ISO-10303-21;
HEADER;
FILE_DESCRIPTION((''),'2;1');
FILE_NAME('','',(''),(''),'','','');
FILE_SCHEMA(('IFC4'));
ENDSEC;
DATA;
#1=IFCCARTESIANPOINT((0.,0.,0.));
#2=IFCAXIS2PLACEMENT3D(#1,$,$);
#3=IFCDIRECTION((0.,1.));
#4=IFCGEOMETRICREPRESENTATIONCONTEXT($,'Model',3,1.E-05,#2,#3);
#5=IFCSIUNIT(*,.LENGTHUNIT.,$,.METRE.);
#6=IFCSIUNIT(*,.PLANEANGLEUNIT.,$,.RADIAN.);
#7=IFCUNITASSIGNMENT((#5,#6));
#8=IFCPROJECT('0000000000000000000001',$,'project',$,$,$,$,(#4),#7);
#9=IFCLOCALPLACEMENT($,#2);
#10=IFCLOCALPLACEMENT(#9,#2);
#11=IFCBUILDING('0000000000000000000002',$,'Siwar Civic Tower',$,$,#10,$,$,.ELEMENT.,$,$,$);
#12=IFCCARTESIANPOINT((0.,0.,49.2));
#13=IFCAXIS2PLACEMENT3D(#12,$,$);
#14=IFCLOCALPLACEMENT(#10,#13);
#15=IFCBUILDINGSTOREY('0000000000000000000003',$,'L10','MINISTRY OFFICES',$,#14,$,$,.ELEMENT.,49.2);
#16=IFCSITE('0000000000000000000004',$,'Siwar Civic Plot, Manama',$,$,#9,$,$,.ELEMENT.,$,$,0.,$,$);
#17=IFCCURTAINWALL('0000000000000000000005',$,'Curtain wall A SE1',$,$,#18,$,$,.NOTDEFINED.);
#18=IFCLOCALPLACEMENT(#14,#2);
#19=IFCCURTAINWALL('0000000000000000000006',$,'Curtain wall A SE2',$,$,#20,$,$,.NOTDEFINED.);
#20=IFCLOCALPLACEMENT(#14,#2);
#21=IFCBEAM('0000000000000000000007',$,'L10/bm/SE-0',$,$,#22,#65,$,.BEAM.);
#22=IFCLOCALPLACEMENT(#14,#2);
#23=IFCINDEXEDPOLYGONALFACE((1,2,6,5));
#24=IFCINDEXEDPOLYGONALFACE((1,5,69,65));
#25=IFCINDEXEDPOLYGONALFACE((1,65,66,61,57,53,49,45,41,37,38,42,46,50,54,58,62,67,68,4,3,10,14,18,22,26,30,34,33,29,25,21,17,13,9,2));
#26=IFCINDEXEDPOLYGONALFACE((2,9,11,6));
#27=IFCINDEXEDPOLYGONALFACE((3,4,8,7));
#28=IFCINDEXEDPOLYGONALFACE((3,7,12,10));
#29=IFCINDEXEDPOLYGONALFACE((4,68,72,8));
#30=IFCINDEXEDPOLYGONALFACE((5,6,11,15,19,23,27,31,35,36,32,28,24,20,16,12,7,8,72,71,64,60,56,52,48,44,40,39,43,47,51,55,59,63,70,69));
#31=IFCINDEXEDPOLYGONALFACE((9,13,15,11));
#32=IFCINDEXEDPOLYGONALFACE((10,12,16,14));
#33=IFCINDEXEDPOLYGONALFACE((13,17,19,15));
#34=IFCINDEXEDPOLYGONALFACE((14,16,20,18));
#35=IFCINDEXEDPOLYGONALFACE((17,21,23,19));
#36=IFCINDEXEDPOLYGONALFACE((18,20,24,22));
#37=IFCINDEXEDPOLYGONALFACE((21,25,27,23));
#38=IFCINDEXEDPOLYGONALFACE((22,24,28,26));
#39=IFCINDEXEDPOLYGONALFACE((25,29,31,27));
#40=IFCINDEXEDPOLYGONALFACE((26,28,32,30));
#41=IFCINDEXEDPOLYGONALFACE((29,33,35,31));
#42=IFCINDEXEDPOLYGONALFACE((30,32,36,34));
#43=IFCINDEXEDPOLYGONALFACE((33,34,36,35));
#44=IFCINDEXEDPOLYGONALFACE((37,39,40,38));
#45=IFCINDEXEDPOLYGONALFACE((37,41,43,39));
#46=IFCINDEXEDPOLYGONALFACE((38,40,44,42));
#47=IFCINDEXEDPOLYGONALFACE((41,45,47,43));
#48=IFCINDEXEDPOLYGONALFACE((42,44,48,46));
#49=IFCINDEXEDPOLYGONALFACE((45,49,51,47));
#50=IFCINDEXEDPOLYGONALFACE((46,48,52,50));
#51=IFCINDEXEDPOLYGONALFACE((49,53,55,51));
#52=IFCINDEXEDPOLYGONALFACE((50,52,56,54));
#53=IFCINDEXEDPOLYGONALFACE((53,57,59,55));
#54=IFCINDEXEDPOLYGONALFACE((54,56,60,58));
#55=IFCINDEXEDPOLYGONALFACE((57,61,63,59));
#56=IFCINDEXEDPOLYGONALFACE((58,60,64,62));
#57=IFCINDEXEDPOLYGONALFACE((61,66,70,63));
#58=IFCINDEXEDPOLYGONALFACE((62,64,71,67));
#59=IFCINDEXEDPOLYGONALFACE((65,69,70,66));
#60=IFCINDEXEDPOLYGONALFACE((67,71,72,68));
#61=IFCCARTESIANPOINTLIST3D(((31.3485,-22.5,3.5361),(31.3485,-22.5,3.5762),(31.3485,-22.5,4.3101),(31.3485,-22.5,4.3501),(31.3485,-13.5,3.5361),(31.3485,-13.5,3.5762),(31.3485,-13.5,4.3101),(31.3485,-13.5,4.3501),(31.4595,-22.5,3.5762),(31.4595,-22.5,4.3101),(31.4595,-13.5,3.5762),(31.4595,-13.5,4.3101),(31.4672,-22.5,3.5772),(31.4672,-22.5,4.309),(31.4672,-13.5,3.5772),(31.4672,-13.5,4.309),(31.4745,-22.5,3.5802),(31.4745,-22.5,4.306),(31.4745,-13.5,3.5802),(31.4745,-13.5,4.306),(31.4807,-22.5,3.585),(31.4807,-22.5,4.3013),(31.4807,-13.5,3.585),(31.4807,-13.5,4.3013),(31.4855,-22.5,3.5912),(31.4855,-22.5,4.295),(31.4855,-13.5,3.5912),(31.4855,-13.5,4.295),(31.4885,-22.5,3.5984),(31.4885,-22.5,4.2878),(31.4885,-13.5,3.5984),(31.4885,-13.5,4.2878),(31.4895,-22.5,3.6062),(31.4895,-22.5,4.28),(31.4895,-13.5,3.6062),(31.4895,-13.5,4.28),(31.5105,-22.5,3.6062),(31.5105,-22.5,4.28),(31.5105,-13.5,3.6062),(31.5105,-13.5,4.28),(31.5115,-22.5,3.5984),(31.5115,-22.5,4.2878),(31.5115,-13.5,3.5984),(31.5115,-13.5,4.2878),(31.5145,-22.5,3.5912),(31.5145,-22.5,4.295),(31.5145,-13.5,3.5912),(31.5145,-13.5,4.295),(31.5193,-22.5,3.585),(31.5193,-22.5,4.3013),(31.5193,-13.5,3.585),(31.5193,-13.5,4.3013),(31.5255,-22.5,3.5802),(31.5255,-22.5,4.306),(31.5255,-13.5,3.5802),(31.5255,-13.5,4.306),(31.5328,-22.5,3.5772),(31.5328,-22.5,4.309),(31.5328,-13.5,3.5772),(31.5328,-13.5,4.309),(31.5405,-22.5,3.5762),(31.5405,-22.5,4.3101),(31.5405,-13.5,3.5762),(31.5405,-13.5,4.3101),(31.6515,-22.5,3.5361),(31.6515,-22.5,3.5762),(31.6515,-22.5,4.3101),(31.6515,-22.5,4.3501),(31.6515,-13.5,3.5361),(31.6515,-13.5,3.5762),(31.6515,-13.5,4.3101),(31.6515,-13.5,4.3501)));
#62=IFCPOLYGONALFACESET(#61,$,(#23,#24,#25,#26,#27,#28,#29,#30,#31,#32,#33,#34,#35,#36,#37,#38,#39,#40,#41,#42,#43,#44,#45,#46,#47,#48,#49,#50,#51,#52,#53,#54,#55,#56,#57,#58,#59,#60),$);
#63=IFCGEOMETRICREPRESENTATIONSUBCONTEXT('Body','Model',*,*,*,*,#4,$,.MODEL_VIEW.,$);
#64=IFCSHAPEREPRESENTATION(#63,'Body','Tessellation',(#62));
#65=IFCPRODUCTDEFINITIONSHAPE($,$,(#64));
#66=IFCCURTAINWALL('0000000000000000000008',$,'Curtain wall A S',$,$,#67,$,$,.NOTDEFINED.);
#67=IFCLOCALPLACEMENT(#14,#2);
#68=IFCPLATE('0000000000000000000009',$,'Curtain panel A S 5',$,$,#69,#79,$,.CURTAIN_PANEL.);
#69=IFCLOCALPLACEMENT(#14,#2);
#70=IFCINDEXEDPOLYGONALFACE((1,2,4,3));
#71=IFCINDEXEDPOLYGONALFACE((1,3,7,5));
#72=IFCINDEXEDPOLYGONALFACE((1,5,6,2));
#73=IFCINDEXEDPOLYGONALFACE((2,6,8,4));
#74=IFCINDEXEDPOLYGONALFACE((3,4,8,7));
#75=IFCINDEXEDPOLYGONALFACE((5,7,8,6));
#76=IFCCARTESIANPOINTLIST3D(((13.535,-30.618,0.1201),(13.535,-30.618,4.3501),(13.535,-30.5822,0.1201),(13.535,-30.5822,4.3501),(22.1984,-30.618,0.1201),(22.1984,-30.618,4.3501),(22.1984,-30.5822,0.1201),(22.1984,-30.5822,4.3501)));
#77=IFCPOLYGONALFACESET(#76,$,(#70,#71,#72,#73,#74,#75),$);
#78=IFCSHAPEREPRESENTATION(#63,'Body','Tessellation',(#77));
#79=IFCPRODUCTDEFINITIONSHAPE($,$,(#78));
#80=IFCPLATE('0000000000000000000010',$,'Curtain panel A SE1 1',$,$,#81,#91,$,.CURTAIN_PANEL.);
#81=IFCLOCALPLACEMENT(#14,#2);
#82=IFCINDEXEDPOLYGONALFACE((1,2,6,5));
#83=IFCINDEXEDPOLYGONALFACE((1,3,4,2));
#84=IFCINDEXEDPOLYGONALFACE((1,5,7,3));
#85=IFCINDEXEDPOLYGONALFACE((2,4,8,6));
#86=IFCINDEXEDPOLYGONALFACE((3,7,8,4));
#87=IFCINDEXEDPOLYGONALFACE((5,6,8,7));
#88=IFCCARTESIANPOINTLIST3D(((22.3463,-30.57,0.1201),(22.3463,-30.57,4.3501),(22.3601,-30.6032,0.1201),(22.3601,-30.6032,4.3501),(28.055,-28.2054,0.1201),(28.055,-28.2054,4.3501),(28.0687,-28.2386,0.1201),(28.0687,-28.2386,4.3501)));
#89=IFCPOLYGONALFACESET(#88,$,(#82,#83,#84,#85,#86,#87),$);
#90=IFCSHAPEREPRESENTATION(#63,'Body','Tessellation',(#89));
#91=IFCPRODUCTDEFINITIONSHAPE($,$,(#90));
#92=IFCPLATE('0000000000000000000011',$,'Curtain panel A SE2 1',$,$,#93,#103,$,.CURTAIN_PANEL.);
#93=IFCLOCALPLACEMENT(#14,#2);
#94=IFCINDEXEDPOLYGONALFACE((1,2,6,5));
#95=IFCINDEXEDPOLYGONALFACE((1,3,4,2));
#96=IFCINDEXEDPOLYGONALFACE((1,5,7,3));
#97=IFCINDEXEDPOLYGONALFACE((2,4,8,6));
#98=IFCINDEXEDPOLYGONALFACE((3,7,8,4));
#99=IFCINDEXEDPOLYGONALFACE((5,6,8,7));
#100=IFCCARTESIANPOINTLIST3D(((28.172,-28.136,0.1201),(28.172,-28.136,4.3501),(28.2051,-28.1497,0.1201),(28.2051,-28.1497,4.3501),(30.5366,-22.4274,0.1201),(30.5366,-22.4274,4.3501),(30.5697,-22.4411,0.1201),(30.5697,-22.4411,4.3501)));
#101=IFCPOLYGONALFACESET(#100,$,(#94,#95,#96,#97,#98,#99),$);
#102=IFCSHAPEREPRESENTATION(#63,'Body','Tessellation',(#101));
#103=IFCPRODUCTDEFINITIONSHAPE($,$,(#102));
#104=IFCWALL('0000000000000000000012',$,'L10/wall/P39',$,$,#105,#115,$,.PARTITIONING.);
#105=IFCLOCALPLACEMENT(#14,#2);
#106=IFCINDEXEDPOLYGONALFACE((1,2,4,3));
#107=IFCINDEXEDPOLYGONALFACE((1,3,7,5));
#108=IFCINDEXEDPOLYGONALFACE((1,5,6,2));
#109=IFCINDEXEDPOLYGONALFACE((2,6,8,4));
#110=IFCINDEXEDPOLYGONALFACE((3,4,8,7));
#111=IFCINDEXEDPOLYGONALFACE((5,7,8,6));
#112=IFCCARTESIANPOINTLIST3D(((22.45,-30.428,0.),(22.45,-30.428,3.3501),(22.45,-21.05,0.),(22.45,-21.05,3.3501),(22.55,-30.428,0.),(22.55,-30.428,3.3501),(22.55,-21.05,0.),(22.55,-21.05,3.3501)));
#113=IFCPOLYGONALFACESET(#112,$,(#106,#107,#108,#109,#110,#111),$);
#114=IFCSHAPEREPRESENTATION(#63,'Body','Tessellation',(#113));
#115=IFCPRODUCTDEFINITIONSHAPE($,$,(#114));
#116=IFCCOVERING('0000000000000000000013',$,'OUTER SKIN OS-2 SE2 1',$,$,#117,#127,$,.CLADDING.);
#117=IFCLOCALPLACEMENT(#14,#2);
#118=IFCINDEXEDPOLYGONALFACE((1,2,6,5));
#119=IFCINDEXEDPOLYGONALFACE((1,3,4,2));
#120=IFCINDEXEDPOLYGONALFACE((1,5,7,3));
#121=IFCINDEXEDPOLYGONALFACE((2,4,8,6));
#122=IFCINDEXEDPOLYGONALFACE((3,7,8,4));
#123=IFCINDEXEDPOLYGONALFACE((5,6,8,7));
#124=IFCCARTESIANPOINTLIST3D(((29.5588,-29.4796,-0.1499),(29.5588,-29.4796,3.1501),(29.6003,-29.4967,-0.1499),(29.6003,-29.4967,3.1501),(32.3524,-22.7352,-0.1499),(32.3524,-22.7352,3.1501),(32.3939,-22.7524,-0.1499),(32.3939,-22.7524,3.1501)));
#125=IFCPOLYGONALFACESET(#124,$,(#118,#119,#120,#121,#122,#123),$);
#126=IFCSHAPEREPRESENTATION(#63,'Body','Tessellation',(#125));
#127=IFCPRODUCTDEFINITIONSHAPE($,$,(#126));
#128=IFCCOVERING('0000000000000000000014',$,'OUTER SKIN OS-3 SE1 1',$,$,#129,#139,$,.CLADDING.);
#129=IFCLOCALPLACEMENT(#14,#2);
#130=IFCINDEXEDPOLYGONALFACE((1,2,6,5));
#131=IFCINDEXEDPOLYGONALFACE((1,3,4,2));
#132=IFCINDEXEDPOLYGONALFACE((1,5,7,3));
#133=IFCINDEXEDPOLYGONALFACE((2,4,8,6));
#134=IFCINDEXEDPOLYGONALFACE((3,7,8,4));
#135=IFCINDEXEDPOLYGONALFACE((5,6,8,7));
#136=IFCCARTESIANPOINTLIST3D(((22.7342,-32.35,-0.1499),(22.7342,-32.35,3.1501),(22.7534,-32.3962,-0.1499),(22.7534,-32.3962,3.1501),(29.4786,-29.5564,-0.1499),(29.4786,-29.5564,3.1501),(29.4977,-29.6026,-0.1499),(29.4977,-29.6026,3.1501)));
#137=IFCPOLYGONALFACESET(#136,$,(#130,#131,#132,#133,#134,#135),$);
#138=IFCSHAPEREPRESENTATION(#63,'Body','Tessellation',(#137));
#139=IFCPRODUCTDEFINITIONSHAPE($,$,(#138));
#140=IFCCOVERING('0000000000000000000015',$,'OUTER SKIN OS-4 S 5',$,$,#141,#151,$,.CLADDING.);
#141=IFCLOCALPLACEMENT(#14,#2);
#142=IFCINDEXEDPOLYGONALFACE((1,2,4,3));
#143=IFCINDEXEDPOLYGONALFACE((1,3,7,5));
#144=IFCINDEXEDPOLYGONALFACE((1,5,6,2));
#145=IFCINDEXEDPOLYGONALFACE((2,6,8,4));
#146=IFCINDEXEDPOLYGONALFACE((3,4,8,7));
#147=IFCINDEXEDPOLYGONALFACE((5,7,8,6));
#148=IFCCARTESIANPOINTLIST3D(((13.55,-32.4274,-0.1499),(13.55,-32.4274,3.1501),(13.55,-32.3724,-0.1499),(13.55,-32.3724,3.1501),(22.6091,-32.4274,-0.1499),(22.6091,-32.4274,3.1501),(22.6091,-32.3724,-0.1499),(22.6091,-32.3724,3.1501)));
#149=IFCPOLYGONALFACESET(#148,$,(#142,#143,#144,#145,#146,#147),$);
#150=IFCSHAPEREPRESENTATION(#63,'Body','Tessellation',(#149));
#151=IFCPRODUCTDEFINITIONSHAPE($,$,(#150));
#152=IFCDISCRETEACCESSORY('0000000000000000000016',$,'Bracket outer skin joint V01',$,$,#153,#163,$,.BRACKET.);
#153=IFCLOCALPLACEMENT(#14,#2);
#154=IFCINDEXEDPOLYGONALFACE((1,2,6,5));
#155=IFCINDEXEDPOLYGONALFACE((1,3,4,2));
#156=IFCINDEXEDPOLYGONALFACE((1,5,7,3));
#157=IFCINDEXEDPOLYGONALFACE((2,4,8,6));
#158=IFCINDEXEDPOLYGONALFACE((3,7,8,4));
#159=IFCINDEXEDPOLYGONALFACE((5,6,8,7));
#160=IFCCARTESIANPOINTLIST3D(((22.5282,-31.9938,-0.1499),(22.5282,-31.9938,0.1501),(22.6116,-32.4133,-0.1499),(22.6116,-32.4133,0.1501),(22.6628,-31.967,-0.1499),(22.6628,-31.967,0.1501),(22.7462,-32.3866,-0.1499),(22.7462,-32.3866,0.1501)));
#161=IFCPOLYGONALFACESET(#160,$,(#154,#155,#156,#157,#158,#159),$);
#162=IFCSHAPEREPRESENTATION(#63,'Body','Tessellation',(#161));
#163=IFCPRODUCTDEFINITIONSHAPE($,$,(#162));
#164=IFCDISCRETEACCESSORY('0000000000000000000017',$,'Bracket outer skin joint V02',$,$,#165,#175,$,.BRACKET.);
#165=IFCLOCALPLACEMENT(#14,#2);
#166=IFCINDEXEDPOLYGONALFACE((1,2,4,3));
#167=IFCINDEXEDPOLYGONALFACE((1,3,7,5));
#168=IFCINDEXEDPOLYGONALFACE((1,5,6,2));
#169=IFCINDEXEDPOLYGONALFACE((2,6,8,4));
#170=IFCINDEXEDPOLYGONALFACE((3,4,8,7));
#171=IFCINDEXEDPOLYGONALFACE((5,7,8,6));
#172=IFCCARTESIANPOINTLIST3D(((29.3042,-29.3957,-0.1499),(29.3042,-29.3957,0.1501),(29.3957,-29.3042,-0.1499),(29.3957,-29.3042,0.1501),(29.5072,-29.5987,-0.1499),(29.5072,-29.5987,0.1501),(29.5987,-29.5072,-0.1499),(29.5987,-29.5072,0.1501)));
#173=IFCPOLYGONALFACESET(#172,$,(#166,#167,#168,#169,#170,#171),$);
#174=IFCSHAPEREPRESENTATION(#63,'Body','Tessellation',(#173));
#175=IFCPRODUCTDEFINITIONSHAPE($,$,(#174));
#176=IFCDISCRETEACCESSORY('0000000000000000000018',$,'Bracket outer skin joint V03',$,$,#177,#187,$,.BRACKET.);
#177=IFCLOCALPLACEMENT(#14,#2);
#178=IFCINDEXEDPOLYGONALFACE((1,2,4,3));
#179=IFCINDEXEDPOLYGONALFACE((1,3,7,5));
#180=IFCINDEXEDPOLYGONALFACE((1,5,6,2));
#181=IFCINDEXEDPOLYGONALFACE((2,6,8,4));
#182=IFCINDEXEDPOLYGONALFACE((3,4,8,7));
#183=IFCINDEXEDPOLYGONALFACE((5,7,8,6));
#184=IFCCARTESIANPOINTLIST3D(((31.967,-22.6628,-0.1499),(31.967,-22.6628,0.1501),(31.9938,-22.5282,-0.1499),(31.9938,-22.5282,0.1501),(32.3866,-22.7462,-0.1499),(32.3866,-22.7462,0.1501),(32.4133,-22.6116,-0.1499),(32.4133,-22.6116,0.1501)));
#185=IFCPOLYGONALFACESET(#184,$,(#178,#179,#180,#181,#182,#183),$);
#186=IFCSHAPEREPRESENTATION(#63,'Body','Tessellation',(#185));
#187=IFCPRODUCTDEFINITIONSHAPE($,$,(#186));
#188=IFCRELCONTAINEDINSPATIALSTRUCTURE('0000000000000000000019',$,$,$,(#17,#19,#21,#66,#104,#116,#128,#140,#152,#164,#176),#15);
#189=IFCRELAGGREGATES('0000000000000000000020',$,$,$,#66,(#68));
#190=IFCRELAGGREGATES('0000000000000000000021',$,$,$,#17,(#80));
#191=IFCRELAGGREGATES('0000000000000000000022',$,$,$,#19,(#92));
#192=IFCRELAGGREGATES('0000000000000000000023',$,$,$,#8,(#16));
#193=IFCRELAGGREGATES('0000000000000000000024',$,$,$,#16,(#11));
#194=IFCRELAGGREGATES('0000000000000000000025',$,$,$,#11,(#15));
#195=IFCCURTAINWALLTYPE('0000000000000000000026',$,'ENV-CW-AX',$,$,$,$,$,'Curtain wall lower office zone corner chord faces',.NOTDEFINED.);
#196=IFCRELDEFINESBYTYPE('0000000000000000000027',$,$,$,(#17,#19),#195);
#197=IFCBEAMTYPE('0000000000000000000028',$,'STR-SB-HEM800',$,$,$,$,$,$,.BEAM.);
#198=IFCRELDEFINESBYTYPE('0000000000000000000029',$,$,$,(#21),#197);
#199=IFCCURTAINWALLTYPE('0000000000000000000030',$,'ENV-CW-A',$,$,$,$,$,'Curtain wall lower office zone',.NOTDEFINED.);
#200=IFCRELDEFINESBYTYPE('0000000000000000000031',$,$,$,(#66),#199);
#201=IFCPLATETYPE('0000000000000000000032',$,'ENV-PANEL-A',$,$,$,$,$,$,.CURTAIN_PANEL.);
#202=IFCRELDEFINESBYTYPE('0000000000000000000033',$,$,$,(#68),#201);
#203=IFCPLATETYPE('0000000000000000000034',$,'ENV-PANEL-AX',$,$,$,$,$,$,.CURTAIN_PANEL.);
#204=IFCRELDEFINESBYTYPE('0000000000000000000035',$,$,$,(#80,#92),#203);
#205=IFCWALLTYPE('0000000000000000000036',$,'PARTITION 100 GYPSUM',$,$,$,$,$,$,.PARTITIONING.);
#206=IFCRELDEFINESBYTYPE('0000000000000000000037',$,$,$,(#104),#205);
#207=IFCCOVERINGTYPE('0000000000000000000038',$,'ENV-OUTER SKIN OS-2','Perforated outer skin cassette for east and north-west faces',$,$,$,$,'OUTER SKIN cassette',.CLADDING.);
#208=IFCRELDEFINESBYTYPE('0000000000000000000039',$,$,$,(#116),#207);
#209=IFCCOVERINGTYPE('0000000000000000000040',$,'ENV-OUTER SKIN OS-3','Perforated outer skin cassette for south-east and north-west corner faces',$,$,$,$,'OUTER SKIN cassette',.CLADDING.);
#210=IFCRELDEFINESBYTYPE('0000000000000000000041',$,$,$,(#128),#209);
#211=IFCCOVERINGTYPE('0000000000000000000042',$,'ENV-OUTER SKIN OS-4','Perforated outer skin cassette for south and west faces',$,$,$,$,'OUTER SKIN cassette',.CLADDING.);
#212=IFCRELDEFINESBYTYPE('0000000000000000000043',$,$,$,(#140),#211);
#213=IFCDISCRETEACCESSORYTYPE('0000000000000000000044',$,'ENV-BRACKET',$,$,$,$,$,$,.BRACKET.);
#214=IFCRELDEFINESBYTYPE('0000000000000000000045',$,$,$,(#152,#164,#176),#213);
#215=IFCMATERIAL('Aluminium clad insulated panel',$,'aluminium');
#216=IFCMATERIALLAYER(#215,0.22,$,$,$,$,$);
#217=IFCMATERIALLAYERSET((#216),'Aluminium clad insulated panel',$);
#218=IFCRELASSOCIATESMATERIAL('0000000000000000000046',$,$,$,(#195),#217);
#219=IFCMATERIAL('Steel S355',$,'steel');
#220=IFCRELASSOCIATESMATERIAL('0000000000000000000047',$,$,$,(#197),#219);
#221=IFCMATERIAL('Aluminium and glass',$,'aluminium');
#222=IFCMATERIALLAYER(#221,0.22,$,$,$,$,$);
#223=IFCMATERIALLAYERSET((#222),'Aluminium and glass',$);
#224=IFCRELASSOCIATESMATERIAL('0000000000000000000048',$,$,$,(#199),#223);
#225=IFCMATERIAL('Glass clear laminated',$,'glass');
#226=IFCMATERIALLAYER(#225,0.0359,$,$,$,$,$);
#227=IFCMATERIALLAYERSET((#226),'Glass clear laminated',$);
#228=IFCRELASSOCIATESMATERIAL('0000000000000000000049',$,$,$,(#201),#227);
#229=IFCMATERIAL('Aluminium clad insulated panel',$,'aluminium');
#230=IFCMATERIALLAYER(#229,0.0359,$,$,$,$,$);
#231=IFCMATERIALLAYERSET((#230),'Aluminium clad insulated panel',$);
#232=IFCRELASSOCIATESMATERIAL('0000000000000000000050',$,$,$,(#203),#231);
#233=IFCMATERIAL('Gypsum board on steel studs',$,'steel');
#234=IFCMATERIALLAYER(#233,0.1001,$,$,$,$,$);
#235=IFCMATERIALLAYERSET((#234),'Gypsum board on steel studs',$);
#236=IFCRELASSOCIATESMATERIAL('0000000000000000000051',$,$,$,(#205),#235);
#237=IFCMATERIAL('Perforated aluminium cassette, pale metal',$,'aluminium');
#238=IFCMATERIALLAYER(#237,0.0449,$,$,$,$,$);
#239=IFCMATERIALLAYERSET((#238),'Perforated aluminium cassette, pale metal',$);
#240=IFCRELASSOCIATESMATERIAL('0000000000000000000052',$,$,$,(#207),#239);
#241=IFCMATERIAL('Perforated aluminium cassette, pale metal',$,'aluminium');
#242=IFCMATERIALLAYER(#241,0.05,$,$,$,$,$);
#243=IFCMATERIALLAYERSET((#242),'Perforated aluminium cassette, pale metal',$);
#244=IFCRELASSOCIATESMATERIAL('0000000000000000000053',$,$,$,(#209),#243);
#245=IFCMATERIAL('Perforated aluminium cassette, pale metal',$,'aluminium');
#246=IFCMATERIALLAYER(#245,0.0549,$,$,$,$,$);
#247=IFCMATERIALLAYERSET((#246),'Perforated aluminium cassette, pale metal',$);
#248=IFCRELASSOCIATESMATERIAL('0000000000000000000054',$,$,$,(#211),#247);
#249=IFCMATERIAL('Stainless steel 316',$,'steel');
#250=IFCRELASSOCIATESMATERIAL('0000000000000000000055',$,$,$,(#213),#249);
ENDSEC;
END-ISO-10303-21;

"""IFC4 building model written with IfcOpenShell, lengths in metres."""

from ifc_helpers import new_model, si_unit, direction, frame, frame_2d, origin, origin_2d, place, context, subcontext, project, spatial, rectangle, i_section, extrude, material, layer, layer_set, material_profile, profile_set, type_object, element, aggregate, save


model = new_model("IFC4")

# Units and contexts
model_context = context("Model", 3, precision=1e-05, world=origin(), true_north=direction((0.0, 1.0)))
body_context = subcontext(model_context, "Body", "Model", "MODEL_VIEW")
ifc_project = project(units=[si_unit("LENGTHUNIT", "METRE"), si_unit("PLANEANGLEUNIT", "RADIAN")], contexts=[model_context])

# Site, building, storey
site_placement = place(None, origin())
site = spatial("IfcSite", under=ifc_project, at=site_placement, Name="Siwar Civic Plot, Manama", CompositionType="ELEMENT", RefElevation=0.0)
building_placement = place(site_placement, origin())
building = spatial("IfcBuilding", under=site, at=building_placement, Name="Siwar Civic Tower", CompositionType="ELEMENT")
storey_placement = place(building_placement, frame((0.0, 0.0, 49.2)))
storey = spatial("IfcBuildingStorey", under=building, at=storey_placement, Name="L10", Description="MINISTRY OFFICES", CompositionType="ELEMENT", Elevation=49.2)

# Curtain walls
ifc_material_1 = material(Name="Aluminium clad insulated panel", Category="aluminium")
ifc_layer_1 = layer(ifc_material_1, 0.22)
ifc_layer_set_1 = layer_set([ifc_layer_1], Name="Aluminium clad insulated panel")
curtain_wall_type_1 = type_object("IfcCurtainWallType", Name="ENV-CW-AX", ElementType="Curtain wall lower office zone corner chord faces", PredefinedType="NOTDEFINED", material=ifc_layer_set_1)
curtain_wall_1_placement = place(storey_placement, origin())
curtain_wall_1 = element("IfcCurtainWall", 1, at=curtain_wall_1_placement, inside=storey, type_object=curtain_wall_type_1, Name="Curtain wall A SE1", PredefinedType="NOTDEFINED")
curtain_wall_2_placement = place(storey_placement, origin())
curtain_wall_2 = element("IfcCurtainWall", 2, at=curtain_wall_2_placement, inside=storey, type_object=curtain_wall_type_1, Name="Curtain wall A SE2", PredefinedType="NOTDEFINED")

# Beam
ifc_material_2 = material(Name="Steel S355", Category="steel")
ifc_material_profile_1 = material_profile(ifc_material_2, i_section(OverallWidth=0.303, OverallDepth=0.814, WebThickness=0.021, FlangeThickness=0.04, FilletRadius=0.03, at=origin_2d()), Name="HEM800")
ifc_profile_set_1 = profile_set([ifc_material_profile_1], Name="Steel S355")
beam_type_1 = type_object("IfcBeamType", Name="STR-SB-HEM800", PredefinedType="BEAM", material=ifc_profile_set_1)
beam_1_placement = place(storey_placement, frame((31.5, -22.5, 3.9431), z_axis=(0.0, 1.0, 0.0), x_axis=(-1.0, 0.0, 0.0)))
element("IfcBeam", 3, at=beam_1_placement, inside=storey, type_object=beam_type_1, Name="L10/bm/SE-0", PredefinedType="BEAM", context=body_context, shape_type="SweptSolid", body=[
    extrude(i_section(OverallWidth=0.303, OverallDepth=0.814, WebThickness=0.021, FlangeThickness=0.04, FilletRadius=0.03, at=origin_2d()), origin(), (0.0, 0.0, 1.0), 9.0),
])

# Curtain wall, plate
ifc_material_3 = material(Name="Aluminium and glass", Category="aluminium")
ifc_layer_2 = layer(ifc_material_3, 0.22)
ifc_layer_set_2 = layer_set([ifc_layer_2], Name="Aluminium and glass")
curtain_wall_type_2 = type_object("IfcCurtainWallType", Name="ENV-CW-A", ElementType="Curtain wall lower office zone", PredefinedType="NOTDEFINED", material=ifc_layer_set_2)
curtain_wall_3_placement = place(storey_placement, origin())
curtain_wall_3 = element("IfcCurtainWall", 4, at=curtain_wall_3_placement, inside=storey, type_object=curtain_wall_type_2, Name="Curtain wall A S", PredefinedType="NOTDEFINED")
ifc_material_4 = material(Name="Glass clear laminated", Category="glass")
ifc_layer_3 = layer(ifc_material_4, 0.0359)
ifc_layer_set_3 = layer_set([ifc_layer_3], Name="Glass clear laminated")
plate_type_1 = type_object("IfcPlateType", Name="ENV-PANEL-A", PredefinedType="CURTAIN_PANEL", material=ifc_layer_set_3)
plate_1_placement = place(storey_placement, frame((17.8667, -30.6001, 0.1201), z_axis=(0.0, 0.0, 1.0), x_axis=(1.0, 0.0, 0.0)))
plate_1 = element("IfcPlate", 5, at=plate_1_placement, type_object=plate_type_1, Name="Curtain panel A S 5", PredefinedType="CURTAIN_PANEL", context=body_context, shape_type="SweptSolid", body=[
    extrude(rectangle(XDim=8.6633, YDim=0.0359, at=origin_2d()), origin(), (0.0, 0.0, 1.0), 4.23),
])
aggregate(curtain_wall_3, [plate_1])

# Plates
ifc_material_5 = material(Name="Aluminium clad insulated panel", Category="aluminium")
ifc_layer_4 = layer(ifc_material_5, 0.0359)
ifc_layer_set_4 = layer_set([ifc_layer_4], Name="Aluminium clad insulated panel")
plate_type_2 = type_object("IfcPlateType", Name="ENV-PANEL-AX", PredefinedType="CURTAIN_PANEL", material=ifc_layer_set_4)
plate_2_placement = place(storey_placement, frame((25.2075, -29.4043, 0.1201), z_axis=(0.0, 0.0, 1.0), x_axis=(0.92388, 0.382683, 0.0)))
plate_2 = element("IfcPlate", 6, at=plate_2_placement, type_object=plate_type_2, Name="Curtain panel A SE1 1", PredefinedType="CURTAIN_PANEL", context=body_context, shape_type="SweptSolid", body=[
    extrude(rectangle(XDim=6.179, YDim=0.0359, at=origin_2d()), origin(), (0.0, 0.0, 1.0), 4.23),
])
aggregate(curtain_wall_1, [plate_2])
plate_3_placement = place(storey_placement, frame((29.3708, -25.2886, 0.1201), z_axis=(0.0, 0.0, 1.0), x_axis=(0.382683, 0.92388, 0.0)))
plate_3 = element("IfcPlate", 7, at=plate_3_placement, type_object=plate_type_2, Name="Curtain panel A SE2 1", PredefinedType="CURTAIN_PANEL", context=body_context, shape_type="SweptSolid", body=[
    extrude(rectangle(XDim=6.179, YDim=0.0359, at=origin_2d()), origin(), (0.0, 0.0, 1.0), 4.23),
])
aggregate(curtain_wall_2, [plate_3])

# Wall
ifc_material_6 = material(Name="Gypsum board on steel studs", Category="steel")
ifc_layer_5 = layer(ifc_material_6, 0.1001)
ifc_layer_set_5 = layer_set([ifc_layer_5], Name="Gypsum board on steel studs")
wall_type = type_object("IfcWallType", Name="PARTITION 100 GYPSUM", PredefinedType="PARTITIONING", material=ifc_layer_set_5)
wall_placement = place(storey_placement, frame((22.5, -30.428, 0.0), z_axis=(0.0, 0.0, 1.0), x_axis=(0.0, 1.0, 0.0)))
element("IfcWall", 8, at=wall_placement, inside=storey, type_object=wall_type, Name="L10/wall/P39", PredefinedType="PARTITIONING", context=body_context, shape_type="SweptSolid", body=[
    extrude(rectangle(XDim=9.3779, YDim=0.1001, at=frame_2d((4.689, 0.0))), origin(), (0.0, 0.0, 1.0), 3.3501),
])

# Coverings
ifc_material_7 = material(Name="Perforated aluminium cassette, pale metal", Category="aluminium")
ifc_layer_6 = layer(ifc_material_7, 0.0449)
ifc_layer_set_6 = layer_set([ifc_layer_6], Name="Perforated aluminium cassette, pale metal")
covering_type_1 = type_object("IfcCoveringType", Name="ENV-OUTER SKIN OS-2", Description="Perforated outer skin cassette for east and north-west faces", ElementType="OUTER SKIN cassette", PredefinedType="CLADDING", material=ifc_layer_set_6)
covering_1_placement = place(storey_placement, frame((30.9763, -26.116, -0.1499), z_axis=(0.0, 0.0, 1.0), x_axis=(0.382683, 0.92388, 0.0)))
element("IfcCovering", 9, at=covering_1_placement, inside=storey, type_object=covering_type_1, Name="OUTER SKIN OS-2 SE2 1", PredefinedType="CLADDING", context=body_context, shape_type="SweptSolid", body=[
    extrude(rectangle(XDim=7.3, YDim=0.0449, at=origin_2d()), origin(), (0.0, 0.0, 1.0), 3.3),
])
ifc_material_8 = material(Name="Perforated aluminium cassette, pale metal", Category="aluminium")
ifc_layer_7 = layer(ifc_material_8, 0.05)
ifc_layer_set_7 = layer_set([ifc_layer_7], Name="Perforated aluminium cassette, pale metal")
covering_type_2 = type_object("IfcCoveringType", Name="ENV-OUTER SKIN OS-3", Description="Perforated outer skin cassette for south-east and north-west corner faces", ElementType="OUTER SKIN cassette", PredefinedType="CLADDING", material=ifc_layer_set_7)
covering_2_placement = place(storey_placement, frame((26.116, -30.9763, -0.1499), z_axis=(0.0, 0.0, 1.0), x_axis=(0.92388, 0.382683, 0.0)))
element("IfcCovering", 10, at=covering_2_placement, inside=storey, type_object=covering_type_2, Name="OUTER SKIN OS-3 SE1 1", PredefinedType="CLADDING", context=body_context, shape_type="SweptSolid", body=[
    extrude(rectangle(XDim=7.3, YDim=0.05, at=origin_2d()), origin(), (0.0, 0.0, 1.0), 3.3),
])
ifc_material_9 = material(Name="Perforated aluminium cassette, pale metal", Category="aluminium")
ifc_layer_8 = layer(ifc_material_9, 0.0549)
ifc_layer_set_8 = layer_set([ifc_layer_8], Name="Perforated aluminium cassette, pale metal")
covering_type_3 = type_object("IfcCoveringType", Name="ENV-OUTER SKIN OS-4", Description="Perforated outer skin cassette for south and west faces", ElementType="OUTER SKIN cassette", PredefinedType="CLADDING", material=ifc_layer_set_8)
covering_3_placement = place(storey_placement, frame((18.0796, -32.3999, -0.1499), z_axis=(0.0, 0.0, 1.0), x_axis=(1.0, 0.0, 0.0)))
element("IfcCovering", 11, at=covering_3_placement, inside=storey, type_object=covering_type_3, Name="OUTER SKIN OS-4 S 5", PredefinedType="CLADDING", context=body_context, shape_type="SweptSolid", body=[
    extrude(rectangle(XDim=9.0591, YDim=0.0549, at=origin_2d()), origin(), (0.0, 0.0, 1.0), 3.3),
])

# Discrete accessories
ifc_material_10 = material(Name="Stainless steel 316", Category="steel")
discrete_accessory_type = type_object("IfcDiscreteAccessoryType", Name="ENV-BRACKET", PredefinedType="BRACKET", material=ifc_material_10)
discrete_accessory_1_placement = place(storey_placement, frame((22.6372, -32.1902, -0.1499), z_axis=(0.0, 0.0, 1.0), x_axis=(0.19509, -0.980785, 0.0)))
element("IfcDiscreteAccessory", 12, at=discrete_accessory_1_placement, inside=storey, type_object=discrete_accessory_type, Name="Bracket outer skin joint V01", PredefinedType="BRACKET", context=body_context, shape_type="SweptSolid", body=[
    extrude(rectangle(XDim=0.4277, YDim=0.1372, at=origin_2d()), origin(), (0.0, 0.0, 1.0), 0.3),
])
discrete_accessory_2_placement = place(storey_placement, frame((29.4514, -29.4514, -0.1499), z_axis=(0.0, 0.0, 1.0), x_axis=(0.707107, -0.707107, 0.0)))
element("IfcDiscreteAccessory", 13, at=discrete_accessory_2_placement, inside=storey, type_object=discrete_accessory_type, Name="Bracket outer skin joint V02", PredefinedType="BRACKET", context=body_context, shape_type="SweptSolid", body=[
    extrude(rectangle(XDim=0.2871, YDim=0.1294, at=origin_2d()), origin(), (0.0, 0.0, 1.0), 0.3),
])
discrete_accessory_3_placement = place(storey_placement, frame((32.1902, -22.6372, -0.1499), z_axis=(0.0, 0.0, 1.0), x_axis=(0.980785, -0.19509, 0.0)))
element("IfcDiscreteAccessory", 14, at=discrete_accessory_3_placement, inside=storey, type_object=discrete_accessory_type, Name="Bracket outer skin joint V03", PredefinedType="BRACKET", context=body_context, shape_type="SweptSolid", body=[
    extrude(rectangle(XDim=0.4277, YDim=0.1372, at=origin_2d()), origin(), (0.0, 0.0, 1.0), 0.3),
])

save(model, "model.ifc")
